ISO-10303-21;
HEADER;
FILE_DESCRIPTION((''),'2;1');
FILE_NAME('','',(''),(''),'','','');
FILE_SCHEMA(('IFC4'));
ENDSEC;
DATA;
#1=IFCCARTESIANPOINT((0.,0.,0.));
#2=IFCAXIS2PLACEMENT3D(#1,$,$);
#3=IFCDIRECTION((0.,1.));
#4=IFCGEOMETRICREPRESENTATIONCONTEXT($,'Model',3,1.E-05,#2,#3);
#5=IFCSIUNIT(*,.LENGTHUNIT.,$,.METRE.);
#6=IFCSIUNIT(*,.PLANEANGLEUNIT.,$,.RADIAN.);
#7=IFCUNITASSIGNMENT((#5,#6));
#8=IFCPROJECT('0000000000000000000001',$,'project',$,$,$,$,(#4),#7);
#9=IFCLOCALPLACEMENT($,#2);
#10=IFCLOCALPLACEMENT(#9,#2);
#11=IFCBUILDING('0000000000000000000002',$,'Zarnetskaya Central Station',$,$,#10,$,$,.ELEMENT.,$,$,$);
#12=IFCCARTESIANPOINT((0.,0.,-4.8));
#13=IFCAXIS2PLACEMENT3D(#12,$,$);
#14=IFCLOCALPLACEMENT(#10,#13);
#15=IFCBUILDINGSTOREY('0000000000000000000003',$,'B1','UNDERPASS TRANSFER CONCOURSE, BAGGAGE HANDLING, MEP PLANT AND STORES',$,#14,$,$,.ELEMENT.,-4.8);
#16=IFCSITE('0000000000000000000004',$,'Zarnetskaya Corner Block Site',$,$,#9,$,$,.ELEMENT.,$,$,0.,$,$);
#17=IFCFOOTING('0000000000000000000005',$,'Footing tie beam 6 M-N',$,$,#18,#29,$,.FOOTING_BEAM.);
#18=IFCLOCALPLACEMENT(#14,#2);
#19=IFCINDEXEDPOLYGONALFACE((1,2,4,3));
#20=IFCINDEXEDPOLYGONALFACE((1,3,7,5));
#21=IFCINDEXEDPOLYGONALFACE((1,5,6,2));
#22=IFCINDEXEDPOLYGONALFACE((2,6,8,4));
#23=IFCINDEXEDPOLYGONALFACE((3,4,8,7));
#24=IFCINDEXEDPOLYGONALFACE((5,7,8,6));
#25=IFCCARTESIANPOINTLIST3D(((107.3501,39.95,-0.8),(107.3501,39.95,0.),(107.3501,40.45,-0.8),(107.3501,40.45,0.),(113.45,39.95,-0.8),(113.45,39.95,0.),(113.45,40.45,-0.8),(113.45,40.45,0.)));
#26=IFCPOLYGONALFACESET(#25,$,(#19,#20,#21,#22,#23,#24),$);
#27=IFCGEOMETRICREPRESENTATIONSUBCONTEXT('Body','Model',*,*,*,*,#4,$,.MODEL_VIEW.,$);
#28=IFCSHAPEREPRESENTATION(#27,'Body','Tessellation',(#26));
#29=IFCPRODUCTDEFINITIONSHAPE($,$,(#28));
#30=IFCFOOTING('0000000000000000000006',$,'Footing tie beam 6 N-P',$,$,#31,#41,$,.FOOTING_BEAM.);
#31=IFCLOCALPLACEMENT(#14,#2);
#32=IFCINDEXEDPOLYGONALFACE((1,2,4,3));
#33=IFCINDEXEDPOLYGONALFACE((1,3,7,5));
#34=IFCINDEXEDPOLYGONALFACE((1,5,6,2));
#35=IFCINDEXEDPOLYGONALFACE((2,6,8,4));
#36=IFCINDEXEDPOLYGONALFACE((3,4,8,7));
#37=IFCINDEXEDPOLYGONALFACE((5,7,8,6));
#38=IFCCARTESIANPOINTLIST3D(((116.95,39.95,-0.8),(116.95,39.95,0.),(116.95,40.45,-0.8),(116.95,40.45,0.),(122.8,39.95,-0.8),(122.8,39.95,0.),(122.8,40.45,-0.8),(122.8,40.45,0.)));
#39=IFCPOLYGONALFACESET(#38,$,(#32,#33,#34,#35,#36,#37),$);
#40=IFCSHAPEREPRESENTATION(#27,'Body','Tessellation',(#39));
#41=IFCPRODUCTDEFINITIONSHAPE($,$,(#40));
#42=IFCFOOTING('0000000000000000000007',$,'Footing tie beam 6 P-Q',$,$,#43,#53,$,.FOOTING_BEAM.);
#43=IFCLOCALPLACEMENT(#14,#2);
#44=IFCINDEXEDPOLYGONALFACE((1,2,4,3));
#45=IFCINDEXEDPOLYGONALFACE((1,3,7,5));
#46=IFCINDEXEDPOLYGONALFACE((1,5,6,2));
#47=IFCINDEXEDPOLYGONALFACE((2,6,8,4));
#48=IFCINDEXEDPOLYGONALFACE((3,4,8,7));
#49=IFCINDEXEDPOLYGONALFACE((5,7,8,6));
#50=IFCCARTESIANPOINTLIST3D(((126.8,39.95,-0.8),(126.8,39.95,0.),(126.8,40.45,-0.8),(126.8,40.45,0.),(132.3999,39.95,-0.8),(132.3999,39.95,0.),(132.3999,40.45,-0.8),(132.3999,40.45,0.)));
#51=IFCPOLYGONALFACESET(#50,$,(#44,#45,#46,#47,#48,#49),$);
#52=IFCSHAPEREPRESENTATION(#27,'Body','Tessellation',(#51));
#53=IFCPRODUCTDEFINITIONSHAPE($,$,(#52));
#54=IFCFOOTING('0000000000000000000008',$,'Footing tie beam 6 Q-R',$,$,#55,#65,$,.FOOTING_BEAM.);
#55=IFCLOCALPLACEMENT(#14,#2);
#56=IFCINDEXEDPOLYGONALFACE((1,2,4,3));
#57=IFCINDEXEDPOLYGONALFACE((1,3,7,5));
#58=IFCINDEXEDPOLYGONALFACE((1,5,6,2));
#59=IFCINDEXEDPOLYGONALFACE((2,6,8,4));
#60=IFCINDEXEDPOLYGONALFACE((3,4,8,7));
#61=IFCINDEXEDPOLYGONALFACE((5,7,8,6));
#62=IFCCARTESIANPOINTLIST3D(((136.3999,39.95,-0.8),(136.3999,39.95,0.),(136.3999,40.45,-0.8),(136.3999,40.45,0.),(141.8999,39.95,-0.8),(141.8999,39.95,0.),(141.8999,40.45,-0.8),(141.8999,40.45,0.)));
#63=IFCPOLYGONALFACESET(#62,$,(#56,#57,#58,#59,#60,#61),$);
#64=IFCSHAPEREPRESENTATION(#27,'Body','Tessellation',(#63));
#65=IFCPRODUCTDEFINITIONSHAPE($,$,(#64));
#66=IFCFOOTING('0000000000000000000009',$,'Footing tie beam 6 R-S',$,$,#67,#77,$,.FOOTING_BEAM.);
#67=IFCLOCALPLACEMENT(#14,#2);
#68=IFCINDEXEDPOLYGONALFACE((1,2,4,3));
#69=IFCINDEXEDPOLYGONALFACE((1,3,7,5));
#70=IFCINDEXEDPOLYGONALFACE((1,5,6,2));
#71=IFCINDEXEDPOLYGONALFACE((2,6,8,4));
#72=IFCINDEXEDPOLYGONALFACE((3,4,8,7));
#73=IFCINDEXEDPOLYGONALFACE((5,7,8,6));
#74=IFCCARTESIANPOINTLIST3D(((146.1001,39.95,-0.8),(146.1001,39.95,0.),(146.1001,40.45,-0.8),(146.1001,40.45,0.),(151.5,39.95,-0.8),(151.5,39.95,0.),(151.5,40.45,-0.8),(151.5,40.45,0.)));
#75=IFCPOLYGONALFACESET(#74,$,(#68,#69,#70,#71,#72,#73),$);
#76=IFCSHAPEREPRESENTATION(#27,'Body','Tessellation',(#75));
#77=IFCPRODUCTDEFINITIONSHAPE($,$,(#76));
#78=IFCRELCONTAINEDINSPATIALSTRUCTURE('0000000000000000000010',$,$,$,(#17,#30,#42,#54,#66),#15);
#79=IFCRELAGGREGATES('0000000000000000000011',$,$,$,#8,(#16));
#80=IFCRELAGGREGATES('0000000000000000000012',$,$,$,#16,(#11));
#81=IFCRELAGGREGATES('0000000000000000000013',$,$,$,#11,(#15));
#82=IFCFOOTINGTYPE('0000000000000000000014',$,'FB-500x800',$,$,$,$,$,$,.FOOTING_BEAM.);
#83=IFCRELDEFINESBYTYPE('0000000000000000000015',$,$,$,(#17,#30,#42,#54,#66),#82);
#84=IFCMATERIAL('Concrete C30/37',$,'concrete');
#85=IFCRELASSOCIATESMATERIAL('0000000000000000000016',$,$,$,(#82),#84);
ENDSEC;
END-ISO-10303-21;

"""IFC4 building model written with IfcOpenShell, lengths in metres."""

from ifc_helpers import new_model, si_unit, direction, frame, origin, place, context, subcontext, project, spatial, polyline, outline, extrude, material, type_object, element, save


model = new_model("IFC4")

# Units and contexts
model_context = context("Model", 3, precision=1e-05, world=origin(), true_north=direction((0.0, 1.0)))
body_context = subcontext(model_context, "Body", "Model", "MODEL_VIEW")
ifc_project = project(units=[si_unit("LENGTHUNIT", "METRE"), si_unit("PLANEANGLEUNIT", "RADIAN")], contexts=[model_context])

# Site, building, storey
site_placement = place(None, origin())
site = spatial("IfcSite", under=ifc_project, at=site_placement, Name="Zarnetskaya Corner Block Site", CompositionType="ELEMENT", RefElevation=0.0)
building_placement = place(site_placement, origin())
building = spatial("IfcBuilding", under=site, at=building_placement, Name="Zarnetskaya Central Station", CompositionType="ELEMENT")
storey_placement = place(building_placement, frame((0.0, 0.0, -4.8)))
storey = spatial("IfcBuildingStorey", under=building, at=storey_placement, Name="B1", Description="UNDERPASS TRANSFER CONCOURSE, BAGGAGE HANDLING, MEP PLANT AND STORES", CompositionType="ELEMENT", Elevation=-4.8)

# Footings
ifc_material = material(Name="Concrete C30/37", Category="concrete")
footing_type = type_object("IfcFootingType", Name="FB-500x800", PredefinedType="FOOTING_BEAM", material=ifc_material)
footing_1_placement = place(storey_placement, frame((0.0, 0.0, -0.8)))
element("IfcFooting", 1, at=footing_1_placement, inside=storey, type_object=footing_type, Name="Footing tie beam 6 M-N", PredefinedType="FOOTING_BEAM", context=body_context, shape_type="SweptSolid", body=[
    extrude(outline(polyline([(107.3501, 39.95), (113.45, 39.95), (113.45, 40.45), (107.3501, 40.45), (107.3501, 39.95)])), origin(), (0.0, 0.0, 1.0), 0.8),
])
footing_2_placement = place(storey_placement, frame((0.0, 0.0, -0.8)))
element("IfcFooting", 2, at=footing_2_placement, inside=storey, type_object=footing_type, Name="Footing tie beam 6 N-P", PredefinedType="FOOTING_BEAM", context=body_context, shape_type="SweptSolid", body=[
    extrude(outline(polyline([(116.95, 39.95), (122.8, 39.95), (122.8, 40.45), (116.95, 40.45), (116.95, 39.95)])), origin(), (0.0, 0.0, 1.0), 0.8),
])
footing_3_placement = place(storey_placement, frame((0.0, 0.0, -0.8)))
element("IfcFooting", 3, at=footing_3_placement, inside=storey, type_object=footing_type, Name="Footing tie beam 6 P-Q", PredefinedType="FOOTING_BEAM", context=body_context, shape_type="SweptSolid", body=[
    extrude(outline(polyline([(126.8, 39.95), (132.3999, 39.95), (132.3999, 40.45), (126.8, 40.45), (126.8, 39.95)])), origin(), (0.0, 0.0, 1.0), 0.8),
])
footing_4_placement = place(storey_placement, frame((0.0, 0.0, -0.8)))
element("IfcFooting", 4, at=footing_4_placement, inside=storey, type_object=footing_type, Name="Footing tie beam 6 Q-R", PredefinedType="FOOTING_BEAM", context=body_context, shape_type="SweptSolid", body=[
    extrude(outline(polyline([(136.3999, 39.95), (141.8999, 39.95), (141.8999, 40.45), (136.3999, 40.45), (136.3999, 39.95)])), origin(), (0.0, 0.0, 1.0), 0.8),
])
footing_5_placement = place(storey_placement, frame((0.0, 0.0, -0.8)))
element("IfcFooting", 5, at=footing_5_placement, inside=storey, type_object=footing_type, Name="Footing tie beam 6 R-S", PredefinedType="FOOTING_BEAM", context=body_context, shape_type="SweptSolid", body=[
    extrude(outline(polyline([(146.1001, 39.95), (151.5, 39.95), (151.5, 40.45), (146.1001, 40.45), (146.1001, 39.95)])), origin(), (0.0, 0.0, 1.0), 0.8),
])

save(model, "model.ifc")
